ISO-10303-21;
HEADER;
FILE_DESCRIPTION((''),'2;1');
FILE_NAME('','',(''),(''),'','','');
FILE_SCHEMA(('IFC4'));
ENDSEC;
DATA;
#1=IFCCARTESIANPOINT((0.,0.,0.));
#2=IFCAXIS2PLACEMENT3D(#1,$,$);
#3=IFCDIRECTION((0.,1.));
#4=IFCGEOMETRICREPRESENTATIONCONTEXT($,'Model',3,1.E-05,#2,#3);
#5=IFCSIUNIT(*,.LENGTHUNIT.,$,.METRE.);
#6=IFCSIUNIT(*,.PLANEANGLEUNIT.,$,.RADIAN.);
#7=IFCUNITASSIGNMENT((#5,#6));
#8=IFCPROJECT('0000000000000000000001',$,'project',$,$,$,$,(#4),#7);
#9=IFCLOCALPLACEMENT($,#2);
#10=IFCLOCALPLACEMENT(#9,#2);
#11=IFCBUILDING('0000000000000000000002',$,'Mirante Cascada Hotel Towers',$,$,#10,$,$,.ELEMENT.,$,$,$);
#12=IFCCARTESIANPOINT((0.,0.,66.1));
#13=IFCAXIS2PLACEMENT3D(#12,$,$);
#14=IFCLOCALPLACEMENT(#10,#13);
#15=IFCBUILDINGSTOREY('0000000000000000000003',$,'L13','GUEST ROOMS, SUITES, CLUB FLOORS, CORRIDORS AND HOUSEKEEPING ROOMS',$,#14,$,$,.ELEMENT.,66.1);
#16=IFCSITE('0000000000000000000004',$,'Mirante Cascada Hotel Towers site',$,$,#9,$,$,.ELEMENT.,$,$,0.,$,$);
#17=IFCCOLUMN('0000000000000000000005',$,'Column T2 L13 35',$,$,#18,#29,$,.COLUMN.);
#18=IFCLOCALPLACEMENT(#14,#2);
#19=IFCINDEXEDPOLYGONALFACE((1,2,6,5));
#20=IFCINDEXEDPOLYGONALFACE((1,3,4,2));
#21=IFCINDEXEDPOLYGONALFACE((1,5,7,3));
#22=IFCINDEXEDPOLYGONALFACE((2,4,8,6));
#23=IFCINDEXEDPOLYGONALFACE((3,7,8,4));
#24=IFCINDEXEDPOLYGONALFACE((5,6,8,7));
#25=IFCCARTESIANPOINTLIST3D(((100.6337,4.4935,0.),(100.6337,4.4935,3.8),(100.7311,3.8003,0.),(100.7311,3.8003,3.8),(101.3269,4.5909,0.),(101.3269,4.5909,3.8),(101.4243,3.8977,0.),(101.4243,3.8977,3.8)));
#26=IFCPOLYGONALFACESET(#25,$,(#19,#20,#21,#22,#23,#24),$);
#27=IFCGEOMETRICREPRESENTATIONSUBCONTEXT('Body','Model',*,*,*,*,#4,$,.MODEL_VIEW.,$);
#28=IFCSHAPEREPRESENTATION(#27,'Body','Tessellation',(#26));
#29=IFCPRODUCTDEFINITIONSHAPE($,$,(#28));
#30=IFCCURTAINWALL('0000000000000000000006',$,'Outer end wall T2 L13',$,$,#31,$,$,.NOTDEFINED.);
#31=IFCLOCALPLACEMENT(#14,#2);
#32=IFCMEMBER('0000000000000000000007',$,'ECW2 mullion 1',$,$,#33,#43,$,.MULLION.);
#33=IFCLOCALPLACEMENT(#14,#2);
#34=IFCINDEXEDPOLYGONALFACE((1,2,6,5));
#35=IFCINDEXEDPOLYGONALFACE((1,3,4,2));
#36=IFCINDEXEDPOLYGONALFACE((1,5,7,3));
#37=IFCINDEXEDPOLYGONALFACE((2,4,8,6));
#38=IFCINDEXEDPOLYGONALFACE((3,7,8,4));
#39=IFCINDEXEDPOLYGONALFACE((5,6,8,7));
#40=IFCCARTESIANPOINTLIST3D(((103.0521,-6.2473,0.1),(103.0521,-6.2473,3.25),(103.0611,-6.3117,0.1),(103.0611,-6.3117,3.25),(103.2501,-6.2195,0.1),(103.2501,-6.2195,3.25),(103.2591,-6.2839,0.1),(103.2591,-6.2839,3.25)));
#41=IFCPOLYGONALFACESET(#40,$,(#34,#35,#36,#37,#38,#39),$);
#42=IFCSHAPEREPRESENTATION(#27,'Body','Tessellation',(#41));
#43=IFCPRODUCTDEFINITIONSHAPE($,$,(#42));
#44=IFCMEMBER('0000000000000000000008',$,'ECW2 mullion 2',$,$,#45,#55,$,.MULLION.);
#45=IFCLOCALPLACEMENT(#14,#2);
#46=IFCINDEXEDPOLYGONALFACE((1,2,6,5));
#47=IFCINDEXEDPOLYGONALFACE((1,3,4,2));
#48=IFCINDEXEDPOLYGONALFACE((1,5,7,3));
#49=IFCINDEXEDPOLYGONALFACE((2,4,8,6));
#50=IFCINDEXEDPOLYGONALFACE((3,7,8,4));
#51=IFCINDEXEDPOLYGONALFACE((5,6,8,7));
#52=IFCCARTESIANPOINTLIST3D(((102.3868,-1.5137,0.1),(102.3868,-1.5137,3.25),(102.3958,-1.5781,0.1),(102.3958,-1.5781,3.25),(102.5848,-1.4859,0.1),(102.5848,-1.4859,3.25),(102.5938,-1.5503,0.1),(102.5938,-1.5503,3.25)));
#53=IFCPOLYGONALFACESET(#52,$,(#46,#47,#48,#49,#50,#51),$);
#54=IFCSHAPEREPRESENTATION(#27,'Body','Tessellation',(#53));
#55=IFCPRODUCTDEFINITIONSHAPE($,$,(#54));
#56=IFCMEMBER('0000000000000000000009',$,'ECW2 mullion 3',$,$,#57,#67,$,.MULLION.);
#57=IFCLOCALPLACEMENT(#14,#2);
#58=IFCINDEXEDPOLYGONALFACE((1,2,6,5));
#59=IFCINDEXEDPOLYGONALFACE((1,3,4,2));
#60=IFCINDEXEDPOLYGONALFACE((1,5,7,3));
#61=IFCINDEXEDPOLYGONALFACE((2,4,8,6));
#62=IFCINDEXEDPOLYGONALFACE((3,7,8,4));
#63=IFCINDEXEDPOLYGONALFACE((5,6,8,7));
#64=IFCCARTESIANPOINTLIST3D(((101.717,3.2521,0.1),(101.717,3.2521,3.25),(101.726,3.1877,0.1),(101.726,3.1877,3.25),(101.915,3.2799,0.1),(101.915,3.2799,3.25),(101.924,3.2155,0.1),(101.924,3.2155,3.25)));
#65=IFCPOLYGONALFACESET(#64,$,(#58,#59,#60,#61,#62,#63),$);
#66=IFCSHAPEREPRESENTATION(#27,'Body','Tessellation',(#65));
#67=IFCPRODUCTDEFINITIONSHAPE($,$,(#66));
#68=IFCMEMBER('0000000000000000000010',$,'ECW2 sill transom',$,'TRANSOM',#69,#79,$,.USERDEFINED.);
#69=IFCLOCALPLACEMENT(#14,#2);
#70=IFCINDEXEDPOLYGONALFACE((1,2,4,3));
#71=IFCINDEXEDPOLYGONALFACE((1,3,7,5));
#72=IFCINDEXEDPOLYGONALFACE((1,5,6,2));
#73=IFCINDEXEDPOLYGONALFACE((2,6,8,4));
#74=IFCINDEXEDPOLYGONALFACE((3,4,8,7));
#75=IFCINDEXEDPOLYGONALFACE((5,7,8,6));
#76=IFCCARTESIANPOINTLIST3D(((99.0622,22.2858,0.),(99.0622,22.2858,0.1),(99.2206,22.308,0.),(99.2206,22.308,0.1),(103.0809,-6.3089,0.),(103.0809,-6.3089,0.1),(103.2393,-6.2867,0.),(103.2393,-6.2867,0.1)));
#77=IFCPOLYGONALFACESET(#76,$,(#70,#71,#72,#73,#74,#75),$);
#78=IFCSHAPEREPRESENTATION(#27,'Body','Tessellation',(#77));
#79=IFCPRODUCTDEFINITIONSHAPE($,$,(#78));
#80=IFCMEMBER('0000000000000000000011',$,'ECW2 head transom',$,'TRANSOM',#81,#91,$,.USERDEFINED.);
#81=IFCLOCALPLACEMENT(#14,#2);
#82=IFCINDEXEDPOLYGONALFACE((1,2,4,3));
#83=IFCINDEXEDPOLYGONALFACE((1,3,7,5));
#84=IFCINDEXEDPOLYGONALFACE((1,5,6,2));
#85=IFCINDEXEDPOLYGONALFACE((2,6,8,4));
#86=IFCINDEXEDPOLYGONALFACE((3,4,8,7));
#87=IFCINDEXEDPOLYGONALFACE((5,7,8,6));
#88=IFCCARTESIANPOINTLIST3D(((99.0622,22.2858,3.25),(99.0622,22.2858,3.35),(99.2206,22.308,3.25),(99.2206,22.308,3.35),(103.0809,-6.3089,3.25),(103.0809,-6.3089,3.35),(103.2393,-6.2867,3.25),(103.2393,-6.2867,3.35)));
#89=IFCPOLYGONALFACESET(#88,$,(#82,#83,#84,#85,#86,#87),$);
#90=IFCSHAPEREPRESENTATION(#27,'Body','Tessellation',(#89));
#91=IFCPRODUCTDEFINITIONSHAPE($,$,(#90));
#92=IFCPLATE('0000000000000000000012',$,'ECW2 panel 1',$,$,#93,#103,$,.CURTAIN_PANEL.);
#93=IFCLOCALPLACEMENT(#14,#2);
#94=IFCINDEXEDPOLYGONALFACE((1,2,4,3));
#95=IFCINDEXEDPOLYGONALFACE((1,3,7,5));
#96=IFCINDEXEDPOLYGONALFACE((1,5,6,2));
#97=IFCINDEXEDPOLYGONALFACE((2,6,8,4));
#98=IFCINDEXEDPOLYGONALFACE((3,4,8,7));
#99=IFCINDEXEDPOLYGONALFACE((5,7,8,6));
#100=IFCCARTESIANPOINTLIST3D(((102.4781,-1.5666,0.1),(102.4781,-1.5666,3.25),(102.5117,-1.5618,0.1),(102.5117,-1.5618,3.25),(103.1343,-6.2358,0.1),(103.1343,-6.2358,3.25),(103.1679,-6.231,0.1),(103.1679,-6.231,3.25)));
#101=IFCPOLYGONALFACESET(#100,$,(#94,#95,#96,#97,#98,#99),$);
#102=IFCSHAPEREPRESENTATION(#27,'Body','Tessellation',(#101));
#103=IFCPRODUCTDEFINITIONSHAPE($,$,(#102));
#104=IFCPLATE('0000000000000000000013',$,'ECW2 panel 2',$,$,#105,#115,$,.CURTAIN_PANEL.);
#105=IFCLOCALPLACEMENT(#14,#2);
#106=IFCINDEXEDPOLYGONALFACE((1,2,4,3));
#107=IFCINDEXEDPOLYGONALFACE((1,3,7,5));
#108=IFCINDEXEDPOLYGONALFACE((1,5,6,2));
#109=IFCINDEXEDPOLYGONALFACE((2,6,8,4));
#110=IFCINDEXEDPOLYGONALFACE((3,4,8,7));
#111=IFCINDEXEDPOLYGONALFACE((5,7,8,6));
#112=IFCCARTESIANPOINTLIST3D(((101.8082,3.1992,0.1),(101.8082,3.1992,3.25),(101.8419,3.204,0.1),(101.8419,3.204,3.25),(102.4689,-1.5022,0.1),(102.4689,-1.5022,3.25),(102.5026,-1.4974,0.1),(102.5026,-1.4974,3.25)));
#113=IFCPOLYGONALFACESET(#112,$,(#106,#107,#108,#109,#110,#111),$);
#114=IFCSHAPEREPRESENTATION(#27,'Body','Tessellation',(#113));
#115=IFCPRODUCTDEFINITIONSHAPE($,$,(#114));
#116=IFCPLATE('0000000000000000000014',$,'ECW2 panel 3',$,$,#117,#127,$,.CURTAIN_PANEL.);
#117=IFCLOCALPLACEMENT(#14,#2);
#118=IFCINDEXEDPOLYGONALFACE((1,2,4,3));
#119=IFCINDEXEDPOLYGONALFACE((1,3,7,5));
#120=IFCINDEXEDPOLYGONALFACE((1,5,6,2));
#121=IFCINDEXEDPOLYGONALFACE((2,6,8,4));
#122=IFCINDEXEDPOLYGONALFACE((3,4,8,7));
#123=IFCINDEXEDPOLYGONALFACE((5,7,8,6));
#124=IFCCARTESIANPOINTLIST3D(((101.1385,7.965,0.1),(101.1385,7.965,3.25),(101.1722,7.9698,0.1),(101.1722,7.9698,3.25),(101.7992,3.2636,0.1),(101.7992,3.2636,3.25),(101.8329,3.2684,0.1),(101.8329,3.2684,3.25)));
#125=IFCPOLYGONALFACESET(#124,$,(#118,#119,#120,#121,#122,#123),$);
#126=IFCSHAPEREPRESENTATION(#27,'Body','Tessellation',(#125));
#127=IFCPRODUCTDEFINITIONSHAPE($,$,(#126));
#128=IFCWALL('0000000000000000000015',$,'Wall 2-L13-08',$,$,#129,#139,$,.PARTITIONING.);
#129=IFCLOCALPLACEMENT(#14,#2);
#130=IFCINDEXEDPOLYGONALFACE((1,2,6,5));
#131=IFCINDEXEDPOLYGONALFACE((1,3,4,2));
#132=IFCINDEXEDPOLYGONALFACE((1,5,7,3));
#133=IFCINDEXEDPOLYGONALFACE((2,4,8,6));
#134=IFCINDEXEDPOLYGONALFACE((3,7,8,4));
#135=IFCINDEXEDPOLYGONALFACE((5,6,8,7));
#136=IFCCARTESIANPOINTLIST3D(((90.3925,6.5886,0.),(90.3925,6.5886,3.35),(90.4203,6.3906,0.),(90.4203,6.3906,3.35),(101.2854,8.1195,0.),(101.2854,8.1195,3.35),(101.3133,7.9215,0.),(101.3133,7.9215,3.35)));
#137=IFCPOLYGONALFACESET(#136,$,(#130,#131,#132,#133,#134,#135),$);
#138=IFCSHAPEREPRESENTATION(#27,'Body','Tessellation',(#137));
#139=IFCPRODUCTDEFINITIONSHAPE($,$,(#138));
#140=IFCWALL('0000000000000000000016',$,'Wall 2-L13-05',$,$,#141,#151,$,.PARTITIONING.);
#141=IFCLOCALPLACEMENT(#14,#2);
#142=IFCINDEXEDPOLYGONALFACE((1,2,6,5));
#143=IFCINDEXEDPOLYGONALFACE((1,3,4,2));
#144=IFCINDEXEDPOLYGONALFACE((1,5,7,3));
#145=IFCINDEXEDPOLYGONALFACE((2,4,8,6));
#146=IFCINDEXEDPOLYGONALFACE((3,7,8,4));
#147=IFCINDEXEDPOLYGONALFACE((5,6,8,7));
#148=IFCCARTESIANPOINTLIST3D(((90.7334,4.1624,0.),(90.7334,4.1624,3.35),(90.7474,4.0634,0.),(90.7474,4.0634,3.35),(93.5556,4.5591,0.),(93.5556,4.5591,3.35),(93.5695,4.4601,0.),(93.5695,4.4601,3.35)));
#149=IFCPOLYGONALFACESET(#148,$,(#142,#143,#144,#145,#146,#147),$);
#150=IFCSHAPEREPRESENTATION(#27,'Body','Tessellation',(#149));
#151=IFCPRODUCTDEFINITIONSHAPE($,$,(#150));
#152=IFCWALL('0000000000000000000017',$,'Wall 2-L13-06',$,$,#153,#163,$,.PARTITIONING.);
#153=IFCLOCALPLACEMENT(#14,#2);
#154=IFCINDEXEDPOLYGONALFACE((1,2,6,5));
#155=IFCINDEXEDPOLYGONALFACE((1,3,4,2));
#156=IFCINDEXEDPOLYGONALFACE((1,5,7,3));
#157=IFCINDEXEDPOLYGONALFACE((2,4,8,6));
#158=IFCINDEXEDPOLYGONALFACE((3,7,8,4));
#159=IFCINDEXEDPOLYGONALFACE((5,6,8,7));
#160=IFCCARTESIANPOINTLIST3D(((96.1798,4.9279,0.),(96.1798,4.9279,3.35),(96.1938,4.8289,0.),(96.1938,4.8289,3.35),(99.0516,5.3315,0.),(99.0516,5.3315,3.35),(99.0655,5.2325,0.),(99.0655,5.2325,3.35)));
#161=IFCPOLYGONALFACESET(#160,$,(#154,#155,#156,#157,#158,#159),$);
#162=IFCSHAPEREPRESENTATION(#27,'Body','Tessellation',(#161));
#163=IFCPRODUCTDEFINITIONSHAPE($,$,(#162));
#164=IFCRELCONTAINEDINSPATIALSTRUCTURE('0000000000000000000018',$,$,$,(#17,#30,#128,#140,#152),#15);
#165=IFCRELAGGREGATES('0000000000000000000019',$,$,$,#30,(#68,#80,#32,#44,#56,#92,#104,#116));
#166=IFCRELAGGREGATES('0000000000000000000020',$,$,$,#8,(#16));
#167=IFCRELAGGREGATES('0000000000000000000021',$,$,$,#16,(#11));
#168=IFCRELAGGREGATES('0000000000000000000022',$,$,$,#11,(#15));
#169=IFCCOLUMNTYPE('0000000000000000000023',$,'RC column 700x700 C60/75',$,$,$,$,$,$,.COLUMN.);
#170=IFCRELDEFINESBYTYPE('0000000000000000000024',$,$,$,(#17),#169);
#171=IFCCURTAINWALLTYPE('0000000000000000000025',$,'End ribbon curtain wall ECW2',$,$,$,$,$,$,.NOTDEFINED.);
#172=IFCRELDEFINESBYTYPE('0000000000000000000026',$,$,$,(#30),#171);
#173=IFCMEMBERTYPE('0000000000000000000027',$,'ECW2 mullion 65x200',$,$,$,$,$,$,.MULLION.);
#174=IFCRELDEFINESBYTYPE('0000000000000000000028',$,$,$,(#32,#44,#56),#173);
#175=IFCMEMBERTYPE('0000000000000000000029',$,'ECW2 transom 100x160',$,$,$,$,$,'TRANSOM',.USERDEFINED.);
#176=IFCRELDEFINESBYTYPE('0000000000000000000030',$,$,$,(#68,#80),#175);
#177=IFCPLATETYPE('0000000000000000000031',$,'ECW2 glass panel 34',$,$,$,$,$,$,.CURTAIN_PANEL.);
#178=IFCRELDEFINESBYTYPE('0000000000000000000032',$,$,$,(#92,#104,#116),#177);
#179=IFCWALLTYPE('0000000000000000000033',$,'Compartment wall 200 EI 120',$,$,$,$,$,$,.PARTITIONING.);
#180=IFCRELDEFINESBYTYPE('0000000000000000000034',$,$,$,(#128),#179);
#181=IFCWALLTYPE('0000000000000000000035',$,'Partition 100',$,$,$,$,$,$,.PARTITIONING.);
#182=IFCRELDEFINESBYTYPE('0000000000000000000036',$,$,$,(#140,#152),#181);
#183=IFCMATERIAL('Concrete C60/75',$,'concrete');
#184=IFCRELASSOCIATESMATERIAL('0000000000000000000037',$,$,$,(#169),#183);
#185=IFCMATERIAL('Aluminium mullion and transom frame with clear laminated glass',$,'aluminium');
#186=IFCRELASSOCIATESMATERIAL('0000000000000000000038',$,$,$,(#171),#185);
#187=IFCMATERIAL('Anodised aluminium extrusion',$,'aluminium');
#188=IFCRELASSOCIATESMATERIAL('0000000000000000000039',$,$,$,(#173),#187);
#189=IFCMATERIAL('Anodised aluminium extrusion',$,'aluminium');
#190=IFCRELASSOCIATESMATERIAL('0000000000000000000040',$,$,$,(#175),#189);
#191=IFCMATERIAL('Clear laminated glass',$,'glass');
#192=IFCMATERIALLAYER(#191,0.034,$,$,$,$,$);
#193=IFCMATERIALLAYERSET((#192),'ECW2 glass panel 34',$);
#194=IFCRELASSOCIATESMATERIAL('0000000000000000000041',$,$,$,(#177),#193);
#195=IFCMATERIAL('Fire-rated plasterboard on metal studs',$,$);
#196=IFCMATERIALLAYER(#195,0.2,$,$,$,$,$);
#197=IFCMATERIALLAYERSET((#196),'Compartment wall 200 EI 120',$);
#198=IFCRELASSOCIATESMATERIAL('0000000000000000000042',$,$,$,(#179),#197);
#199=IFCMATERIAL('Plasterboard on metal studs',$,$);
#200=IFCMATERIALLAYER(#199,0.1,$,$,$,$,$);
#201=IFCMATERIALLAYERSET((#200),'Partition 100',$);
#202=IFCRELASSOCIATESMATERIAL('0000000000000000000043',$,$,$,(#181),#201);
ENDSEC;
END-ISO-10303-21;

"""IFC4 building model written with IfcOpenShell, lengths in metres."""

from ifc_helpers import new_model, si_unit, direction, frame, frame_2d, origin, origin_2d, place, context, subcontext, project, spatial, rectangle, extrude, material, layer, layer_set, material_profile, profile_set, type_object, element, aggregate, save


model = new_model("IFC4")

# Units and contexts
model_context = context("Model", 3, precision=1e-05, world=origin(), true_north=direction((0.0, 1.0)))
body_context = subcontext(model_context, "Body", "Model", "MODEL_VIEW")
ifc_project = project(units=[si_unit("LENGTHUNIT", "METRE"), si_unit("PLANEANGLEUNIT", "RADIAN")], contexts=[model_context])

# Site, building, storey
site_placement = place(None, origin())
site = spatial("IfcSite", under=ifc_project, at=site_placement, Name="Mirante Cascada Hotel Towers site", CompositionType="ELEMENT", RefElevation=0.0)
building_placement = place(site_placement, origin())
building = spatial("IfcBuilding", under=site, at=building_placement, Name="Mirante Cascada Hotel Towers", CompositionType="ELEMENT")
storey_placement = place(building_placement, frame((0.0, 0.0, 66.1)))
storey = spatial("IfcBuildingStorey", under=building, at=storey_placement, Name="L13", Description="GUEST ROOMS, SUITES, CLUB FLOORS, CORRIDORS AND HOUSEKEEPING ROOMS", CompositionType="ELEMENT", Elevation=66.1)

# Column
ifc_material_1 = material(Name="Concrete C60/75", Category="concrete")
ifc_material_profile_1 = material_profile(ifc_material_1, rectangle(XDim=0.7, YDim=0.7, at=origin_2d()), Name="RC column 700x700 C60/75")
ifc_profile_set_1 = profile_set([ifc_material_profile_1], Name="Concrete C60/75")
column_type = type_object("IfcColumnType", Name="RC column 700x700 C60/75", PredefinedType="COLUMN", material=ifc_profile_set_1)
column_placement = place(storey_placement, frame((101.029, 4.1956, 0.0), z_axis=(0.0, 0.0, 1.0), x_axis=(0.990268, 0.139173, 0.0)))
element("IfcColumn", 1, at=column_placement, inside=storey, type_object=column_type, Name="Column T2 L13 35", PredefinedType="COLUMN", context=body_context, shape_type="SweptSolid", body=[
    extrude(rectangle(XDim=0.7, YDim=0.7, at=origin_2d()), origin(), (0.0, 0.0, 1.0), 3.8),
])

# Curtain wall, members, plates
ifc_material_2 = material(Name="Aluminium mullion and transom frame with clear laminated glass", Category="aluminium")
curtain_wall_type = type_object("IfcCurtainWallType", Name="End ribbon curtain wall ECW2", PredefinedType="NOTDEFINED", material=ifc_material_2)
curtain_wall_placement = place(storey_placement, origin())
curtain_wall = element("IfcCurtainWall", 2, at=curtain_wall_placement, inside=storey, type_object=curtain_wall_type, Name="Outer end wall T2 L13", PredefinedType="NOTDEFINED")
ifc_material_3 = material(Name="Anodised aluminium extrusion", Category="aluminium")
ifc_material_profile_2 = material_profile(ifc_material_3, rectangle(XDim=0.2, YDim=0.065, at=origin_2d()), Name="ECW2 MULLION 65x200")
ifc_profile_set_2 = profile_set([ifc_material_profile_2], Name="Anodised aluminium extrusion")
member_type_1 = type_object("IfcMemberType", Name="ECW2 mullion 65x200", PredefinedType="MULLION", material=ifc_profile_set_2)
member_1_placement = place(storey_placement, frame((103.1556, -6.2656, 0.1), z_axis=(0.0, 0.0, 1.0), x_axis=(-0.990268, -0.139173, 0.0)))
member_1 = element("IfcMember", 3, at=member_1_placement, type_object=member_type_1, Name="ECW2 mullion 1", PredefinedType="MULLION", context=body_context, shape_type="SweptSolid", body=[
    extrude(rectangle(XDim=0.2, YDim=0.065, at=origin_2d()), origin(), (0.0, 0.0, 1.0), 3.15),
])
member_2_placement = place(storey_placement, frame((102.4903, -1.532, 0.1), z_axis=(0.0, 0.0, 1.0), x_axis=(-0.990268, -0.139173, 0.0)))
member_2 = element("IfcMember", 4, at=member_2_placement, type_object=member_type_1, Name="ECW2 mullion 2", PredefinedType="MULLION", context=body_context, shape_type="SweptSolid", body=[
    extrude(rectangle(XDim=0.2, YDim=0.065, at=origin_2d()), origin(), (0.0, 0.0, 1.0), 3.15),
])
member_3_placement = place(storey_placement, frame((101.8205, 3.2338, 0.1), z_axis=(0.0, 0.0, 1.0), x_axis=(-0.990268, -0.139173, 0.0)))
member_3 = element("IfcMember", 5, at=member_3_placement, type_object=member_type_1, Name="ECW2 mullion 3", PredefinedType="MULLION", context=body_context, shape_type="SweptSolid", body=[
    extrude(rectangle(XDim=0.2, YDim=0.065, at=origin_2d()), origin(), (0.0, 0.0, 1.0), 3.15),
])
ifc_material_4 = material(Name="Anodised aluminium extrusion", Category="aluminium")
ifc_material_profile_3 = material_profile(ifc_material_4, rectangle(XDim=0.16, YDim=0.1, at=origin_2d()), Name="ECW2 TRANSOM 100x160")
ifc_profile_set_3 = profile_set([ifc_material_profile_3], Name="Anodised aluminium extrusion")
member_type_2 = type_object("IfcMemberType", Name="ECW2 transom 100x160", ElementType="TRANSOM", PredefinedType="USERDEFINED", material=ifc_profile_set_3)
member_4_placement = place(storey_placement, frame((103.1601, -6.2978, 0.05), z_axis=(-0.139172, 0.990268, 0.0), x_axis=(-0.990268, -0.139172, 0.0)))
member_4 = element("IfcMember", 6, at=member_4_placement, type_object=member_type_2, Name="ECW2 sill transom", ObjectType="TRANSOM", PredefinedType="USERDEFINED", context=body_context, shape_type="SweptSolid", body=[
    extrude(rectangle(XDim=0.16, YDim=0.1, at=origin_2d()), origin(), (0.0, 0.0, 1.0), 28.8757),
])
member_5_placement = place(storey_placement, frame((103.1601, -6.2978, 3.3), z_axis=(-0.139172, 0.990268, 0.0), x_axis=(-0.990268, -0.139172, 0.0)))
member_5 = element("IfcMember", 7, at=member_5_placement, type_object=member_type_2, Name="ECW2 head transom", ObjectType="TRANSOM", PredefinedType="USERDEFINED", context=body_context, shape_type="SweptSolid", body=[
    extrude(rectangle(XDim=0.16, YDim=0.1, at=origin_2d()), origin(), (0.0, 0.0, 1.0), 28.8757),
])
ifc_material_5 = material(Name="Clear laminated glass", Category="glass")
ifc_layer_1 = layer(ifc_material_5, 0.034)
ifc_layer_set_1 = layer_set([ifc_layer_1], Name="ECW2 glass panel 34")
plate_type = type_object("IfcPlateType", Name="ECW2 glass panel 34", PredefinedType="CURTAIN_PANEL", material=ifc_layer_set_1)
plate_1_placement = place(storey_placement, frame((102.823, -3.8988, 0.1), z_axis=(0.0, 0.0, 1.0), x_axis=(-0.139173, 0.990268, 0.0)))
plate_1 = element("IfcPlate", 8, at=plate_1_placement, type_object=plate_type, Name="ECW2 panel 1", PredefinedType="CURTAIN_PANEL", context=body_context, shape_type="SweptSolid", body=[
    extrude(rectangle(XDim=4.7151, YDim=0.034, at=origin_2d()), origin(), (0.0, 0.0, 1.0), 3.15),
])
plate_2_placement = place(storey_placement, frame((102.1554, 0.8509, 0.1), z_axis=(0.0, 0.0, 1.0), x_axis=(-0.139173, 0.990268, 0.0)))
plate_2 = element("IfcPlate", 9, at=plate_2_placement, type_object=plate_type, Name="ECW2 panel 2", PredefinedType="CURTAIN_PANEL", context=body_context, shape_type="SweptSolid", body=[
    extrude(rectangle(XDim=4.7476, YDim=0.034, at=origin_2d()), origin(), (0.0, 0.0, 1.0), 3.15),
])
plate_3_placement = place(storey_placement, frame((101.4857, 5.6167, 0.1), z_axis=(0.0, 0.0, 1.0), x_axis=(-0.139173, 0.990268, 0.0)))
plate_3 = element("IfcPlate", 10, at=plate_3_placement, type_object=plate_type, Name="ECW2 panel 3", PredefinedType="CURTAIN_PANEL", context=body_context, shape_type="SweptSolid", body=[
    extrude(rectangle(XDim=4.7476, YDim=0.034, at=origin_2d()), origin(), (0.0, 0.0, 1.0), 3.15),
])
aggregate(curtain_wall, [member_4, member_5, member_1, member_2, member_3, plate_1, plate_2, plate_3])

# Walls
ifc_material_6 = material(Name="Fire-rated plasterboard on metal studs")
ifc_layer_2 = layer(ifc_material_6, 0.2)
ifc_layer_set_2 = layer_set([ifc_layer_2], Name="Compartment wall 200 EI 120")
wall_type_1 = type_object("IfcWallType", Name="Compartment wall 200 EI 120", PredefinedType="PARTITIONING", material=ifc_layer_set_2)
wall_1_placement = place(storey_placement, frame((90.4064, 6.4896, 0.0), z_axis=(0.0, 0.0, 1.0), x_axis=(0.990268, 0.139173, 0.0)))
element("IfcWall", 11, at=wall_1_placement, inside=storey, type_object=wall_type_1, Name="Wall 2-L13-08", PredefinedType="PARTITIONING", context=body_context, shape_type="SweptSolid", body=[
    extrude(rectangle(XDim=11.0, YDim=0.2, at=frame_2d((5.5, 0.0))), origin(), (0.0, 0.0, 1.0), 3.35),
])
ifc_material_7 = material(Name="Plasterboard on metal studs")
ifc_layer_3 = layer(ifc_material_7, 0.1)
ifc_layer_set_3 = layer_set([ifc_layer_3], Name="Partition 100")
wall_type_2 = type_object("IfcWallType", Name="Partition 100", PredefinedType="PARTITIONING", material=ifc_layer_set_3)
wall_2_placement = place(storey_placement, frame((93.5626, 4.5096, 0.0), z_axis=(0.0, 0.0, 1.0), x_axis=(-0.990265, -0.139196, 0.0)))
element("IfcWall", 12, at=wall_2_placement, inside=storey, type_object=wall_type_2, Name="Wall 2-L13-05", PredefinedType="PARTITIONING", context=body_context, shape_type="SweptSolid", body=[
    extrude(rectangle(XDim=2.8499, YDim=0.1, at=frame_2d((1.425, 0.0))), origin(), (0.0, 0.0, 1.0), 3.35),
])
wall_3_placement = place(storey_placement, frame((96.1868, 4.8784, 0.0), z_axis=(0.0, 0.0, 1.0), x_axis=(0.990268, 0.139171, 0.0)))
element("IfcWall", 13, at=wall_3_placement, inside=storey, type_object=wall_type_2, Name="Wall 2-L13-06", PredefinedType="PARTITIONING", context=body_context, shape_type="SweptSolid", body=[
    extrude(rectangle(XDim=2.9, YDim=0.1, at=frame_2d((1.45, 0.0))), origin(), (0.0, 0.0, 1.0), 3.35),
])

save(model, "model.ifc")
